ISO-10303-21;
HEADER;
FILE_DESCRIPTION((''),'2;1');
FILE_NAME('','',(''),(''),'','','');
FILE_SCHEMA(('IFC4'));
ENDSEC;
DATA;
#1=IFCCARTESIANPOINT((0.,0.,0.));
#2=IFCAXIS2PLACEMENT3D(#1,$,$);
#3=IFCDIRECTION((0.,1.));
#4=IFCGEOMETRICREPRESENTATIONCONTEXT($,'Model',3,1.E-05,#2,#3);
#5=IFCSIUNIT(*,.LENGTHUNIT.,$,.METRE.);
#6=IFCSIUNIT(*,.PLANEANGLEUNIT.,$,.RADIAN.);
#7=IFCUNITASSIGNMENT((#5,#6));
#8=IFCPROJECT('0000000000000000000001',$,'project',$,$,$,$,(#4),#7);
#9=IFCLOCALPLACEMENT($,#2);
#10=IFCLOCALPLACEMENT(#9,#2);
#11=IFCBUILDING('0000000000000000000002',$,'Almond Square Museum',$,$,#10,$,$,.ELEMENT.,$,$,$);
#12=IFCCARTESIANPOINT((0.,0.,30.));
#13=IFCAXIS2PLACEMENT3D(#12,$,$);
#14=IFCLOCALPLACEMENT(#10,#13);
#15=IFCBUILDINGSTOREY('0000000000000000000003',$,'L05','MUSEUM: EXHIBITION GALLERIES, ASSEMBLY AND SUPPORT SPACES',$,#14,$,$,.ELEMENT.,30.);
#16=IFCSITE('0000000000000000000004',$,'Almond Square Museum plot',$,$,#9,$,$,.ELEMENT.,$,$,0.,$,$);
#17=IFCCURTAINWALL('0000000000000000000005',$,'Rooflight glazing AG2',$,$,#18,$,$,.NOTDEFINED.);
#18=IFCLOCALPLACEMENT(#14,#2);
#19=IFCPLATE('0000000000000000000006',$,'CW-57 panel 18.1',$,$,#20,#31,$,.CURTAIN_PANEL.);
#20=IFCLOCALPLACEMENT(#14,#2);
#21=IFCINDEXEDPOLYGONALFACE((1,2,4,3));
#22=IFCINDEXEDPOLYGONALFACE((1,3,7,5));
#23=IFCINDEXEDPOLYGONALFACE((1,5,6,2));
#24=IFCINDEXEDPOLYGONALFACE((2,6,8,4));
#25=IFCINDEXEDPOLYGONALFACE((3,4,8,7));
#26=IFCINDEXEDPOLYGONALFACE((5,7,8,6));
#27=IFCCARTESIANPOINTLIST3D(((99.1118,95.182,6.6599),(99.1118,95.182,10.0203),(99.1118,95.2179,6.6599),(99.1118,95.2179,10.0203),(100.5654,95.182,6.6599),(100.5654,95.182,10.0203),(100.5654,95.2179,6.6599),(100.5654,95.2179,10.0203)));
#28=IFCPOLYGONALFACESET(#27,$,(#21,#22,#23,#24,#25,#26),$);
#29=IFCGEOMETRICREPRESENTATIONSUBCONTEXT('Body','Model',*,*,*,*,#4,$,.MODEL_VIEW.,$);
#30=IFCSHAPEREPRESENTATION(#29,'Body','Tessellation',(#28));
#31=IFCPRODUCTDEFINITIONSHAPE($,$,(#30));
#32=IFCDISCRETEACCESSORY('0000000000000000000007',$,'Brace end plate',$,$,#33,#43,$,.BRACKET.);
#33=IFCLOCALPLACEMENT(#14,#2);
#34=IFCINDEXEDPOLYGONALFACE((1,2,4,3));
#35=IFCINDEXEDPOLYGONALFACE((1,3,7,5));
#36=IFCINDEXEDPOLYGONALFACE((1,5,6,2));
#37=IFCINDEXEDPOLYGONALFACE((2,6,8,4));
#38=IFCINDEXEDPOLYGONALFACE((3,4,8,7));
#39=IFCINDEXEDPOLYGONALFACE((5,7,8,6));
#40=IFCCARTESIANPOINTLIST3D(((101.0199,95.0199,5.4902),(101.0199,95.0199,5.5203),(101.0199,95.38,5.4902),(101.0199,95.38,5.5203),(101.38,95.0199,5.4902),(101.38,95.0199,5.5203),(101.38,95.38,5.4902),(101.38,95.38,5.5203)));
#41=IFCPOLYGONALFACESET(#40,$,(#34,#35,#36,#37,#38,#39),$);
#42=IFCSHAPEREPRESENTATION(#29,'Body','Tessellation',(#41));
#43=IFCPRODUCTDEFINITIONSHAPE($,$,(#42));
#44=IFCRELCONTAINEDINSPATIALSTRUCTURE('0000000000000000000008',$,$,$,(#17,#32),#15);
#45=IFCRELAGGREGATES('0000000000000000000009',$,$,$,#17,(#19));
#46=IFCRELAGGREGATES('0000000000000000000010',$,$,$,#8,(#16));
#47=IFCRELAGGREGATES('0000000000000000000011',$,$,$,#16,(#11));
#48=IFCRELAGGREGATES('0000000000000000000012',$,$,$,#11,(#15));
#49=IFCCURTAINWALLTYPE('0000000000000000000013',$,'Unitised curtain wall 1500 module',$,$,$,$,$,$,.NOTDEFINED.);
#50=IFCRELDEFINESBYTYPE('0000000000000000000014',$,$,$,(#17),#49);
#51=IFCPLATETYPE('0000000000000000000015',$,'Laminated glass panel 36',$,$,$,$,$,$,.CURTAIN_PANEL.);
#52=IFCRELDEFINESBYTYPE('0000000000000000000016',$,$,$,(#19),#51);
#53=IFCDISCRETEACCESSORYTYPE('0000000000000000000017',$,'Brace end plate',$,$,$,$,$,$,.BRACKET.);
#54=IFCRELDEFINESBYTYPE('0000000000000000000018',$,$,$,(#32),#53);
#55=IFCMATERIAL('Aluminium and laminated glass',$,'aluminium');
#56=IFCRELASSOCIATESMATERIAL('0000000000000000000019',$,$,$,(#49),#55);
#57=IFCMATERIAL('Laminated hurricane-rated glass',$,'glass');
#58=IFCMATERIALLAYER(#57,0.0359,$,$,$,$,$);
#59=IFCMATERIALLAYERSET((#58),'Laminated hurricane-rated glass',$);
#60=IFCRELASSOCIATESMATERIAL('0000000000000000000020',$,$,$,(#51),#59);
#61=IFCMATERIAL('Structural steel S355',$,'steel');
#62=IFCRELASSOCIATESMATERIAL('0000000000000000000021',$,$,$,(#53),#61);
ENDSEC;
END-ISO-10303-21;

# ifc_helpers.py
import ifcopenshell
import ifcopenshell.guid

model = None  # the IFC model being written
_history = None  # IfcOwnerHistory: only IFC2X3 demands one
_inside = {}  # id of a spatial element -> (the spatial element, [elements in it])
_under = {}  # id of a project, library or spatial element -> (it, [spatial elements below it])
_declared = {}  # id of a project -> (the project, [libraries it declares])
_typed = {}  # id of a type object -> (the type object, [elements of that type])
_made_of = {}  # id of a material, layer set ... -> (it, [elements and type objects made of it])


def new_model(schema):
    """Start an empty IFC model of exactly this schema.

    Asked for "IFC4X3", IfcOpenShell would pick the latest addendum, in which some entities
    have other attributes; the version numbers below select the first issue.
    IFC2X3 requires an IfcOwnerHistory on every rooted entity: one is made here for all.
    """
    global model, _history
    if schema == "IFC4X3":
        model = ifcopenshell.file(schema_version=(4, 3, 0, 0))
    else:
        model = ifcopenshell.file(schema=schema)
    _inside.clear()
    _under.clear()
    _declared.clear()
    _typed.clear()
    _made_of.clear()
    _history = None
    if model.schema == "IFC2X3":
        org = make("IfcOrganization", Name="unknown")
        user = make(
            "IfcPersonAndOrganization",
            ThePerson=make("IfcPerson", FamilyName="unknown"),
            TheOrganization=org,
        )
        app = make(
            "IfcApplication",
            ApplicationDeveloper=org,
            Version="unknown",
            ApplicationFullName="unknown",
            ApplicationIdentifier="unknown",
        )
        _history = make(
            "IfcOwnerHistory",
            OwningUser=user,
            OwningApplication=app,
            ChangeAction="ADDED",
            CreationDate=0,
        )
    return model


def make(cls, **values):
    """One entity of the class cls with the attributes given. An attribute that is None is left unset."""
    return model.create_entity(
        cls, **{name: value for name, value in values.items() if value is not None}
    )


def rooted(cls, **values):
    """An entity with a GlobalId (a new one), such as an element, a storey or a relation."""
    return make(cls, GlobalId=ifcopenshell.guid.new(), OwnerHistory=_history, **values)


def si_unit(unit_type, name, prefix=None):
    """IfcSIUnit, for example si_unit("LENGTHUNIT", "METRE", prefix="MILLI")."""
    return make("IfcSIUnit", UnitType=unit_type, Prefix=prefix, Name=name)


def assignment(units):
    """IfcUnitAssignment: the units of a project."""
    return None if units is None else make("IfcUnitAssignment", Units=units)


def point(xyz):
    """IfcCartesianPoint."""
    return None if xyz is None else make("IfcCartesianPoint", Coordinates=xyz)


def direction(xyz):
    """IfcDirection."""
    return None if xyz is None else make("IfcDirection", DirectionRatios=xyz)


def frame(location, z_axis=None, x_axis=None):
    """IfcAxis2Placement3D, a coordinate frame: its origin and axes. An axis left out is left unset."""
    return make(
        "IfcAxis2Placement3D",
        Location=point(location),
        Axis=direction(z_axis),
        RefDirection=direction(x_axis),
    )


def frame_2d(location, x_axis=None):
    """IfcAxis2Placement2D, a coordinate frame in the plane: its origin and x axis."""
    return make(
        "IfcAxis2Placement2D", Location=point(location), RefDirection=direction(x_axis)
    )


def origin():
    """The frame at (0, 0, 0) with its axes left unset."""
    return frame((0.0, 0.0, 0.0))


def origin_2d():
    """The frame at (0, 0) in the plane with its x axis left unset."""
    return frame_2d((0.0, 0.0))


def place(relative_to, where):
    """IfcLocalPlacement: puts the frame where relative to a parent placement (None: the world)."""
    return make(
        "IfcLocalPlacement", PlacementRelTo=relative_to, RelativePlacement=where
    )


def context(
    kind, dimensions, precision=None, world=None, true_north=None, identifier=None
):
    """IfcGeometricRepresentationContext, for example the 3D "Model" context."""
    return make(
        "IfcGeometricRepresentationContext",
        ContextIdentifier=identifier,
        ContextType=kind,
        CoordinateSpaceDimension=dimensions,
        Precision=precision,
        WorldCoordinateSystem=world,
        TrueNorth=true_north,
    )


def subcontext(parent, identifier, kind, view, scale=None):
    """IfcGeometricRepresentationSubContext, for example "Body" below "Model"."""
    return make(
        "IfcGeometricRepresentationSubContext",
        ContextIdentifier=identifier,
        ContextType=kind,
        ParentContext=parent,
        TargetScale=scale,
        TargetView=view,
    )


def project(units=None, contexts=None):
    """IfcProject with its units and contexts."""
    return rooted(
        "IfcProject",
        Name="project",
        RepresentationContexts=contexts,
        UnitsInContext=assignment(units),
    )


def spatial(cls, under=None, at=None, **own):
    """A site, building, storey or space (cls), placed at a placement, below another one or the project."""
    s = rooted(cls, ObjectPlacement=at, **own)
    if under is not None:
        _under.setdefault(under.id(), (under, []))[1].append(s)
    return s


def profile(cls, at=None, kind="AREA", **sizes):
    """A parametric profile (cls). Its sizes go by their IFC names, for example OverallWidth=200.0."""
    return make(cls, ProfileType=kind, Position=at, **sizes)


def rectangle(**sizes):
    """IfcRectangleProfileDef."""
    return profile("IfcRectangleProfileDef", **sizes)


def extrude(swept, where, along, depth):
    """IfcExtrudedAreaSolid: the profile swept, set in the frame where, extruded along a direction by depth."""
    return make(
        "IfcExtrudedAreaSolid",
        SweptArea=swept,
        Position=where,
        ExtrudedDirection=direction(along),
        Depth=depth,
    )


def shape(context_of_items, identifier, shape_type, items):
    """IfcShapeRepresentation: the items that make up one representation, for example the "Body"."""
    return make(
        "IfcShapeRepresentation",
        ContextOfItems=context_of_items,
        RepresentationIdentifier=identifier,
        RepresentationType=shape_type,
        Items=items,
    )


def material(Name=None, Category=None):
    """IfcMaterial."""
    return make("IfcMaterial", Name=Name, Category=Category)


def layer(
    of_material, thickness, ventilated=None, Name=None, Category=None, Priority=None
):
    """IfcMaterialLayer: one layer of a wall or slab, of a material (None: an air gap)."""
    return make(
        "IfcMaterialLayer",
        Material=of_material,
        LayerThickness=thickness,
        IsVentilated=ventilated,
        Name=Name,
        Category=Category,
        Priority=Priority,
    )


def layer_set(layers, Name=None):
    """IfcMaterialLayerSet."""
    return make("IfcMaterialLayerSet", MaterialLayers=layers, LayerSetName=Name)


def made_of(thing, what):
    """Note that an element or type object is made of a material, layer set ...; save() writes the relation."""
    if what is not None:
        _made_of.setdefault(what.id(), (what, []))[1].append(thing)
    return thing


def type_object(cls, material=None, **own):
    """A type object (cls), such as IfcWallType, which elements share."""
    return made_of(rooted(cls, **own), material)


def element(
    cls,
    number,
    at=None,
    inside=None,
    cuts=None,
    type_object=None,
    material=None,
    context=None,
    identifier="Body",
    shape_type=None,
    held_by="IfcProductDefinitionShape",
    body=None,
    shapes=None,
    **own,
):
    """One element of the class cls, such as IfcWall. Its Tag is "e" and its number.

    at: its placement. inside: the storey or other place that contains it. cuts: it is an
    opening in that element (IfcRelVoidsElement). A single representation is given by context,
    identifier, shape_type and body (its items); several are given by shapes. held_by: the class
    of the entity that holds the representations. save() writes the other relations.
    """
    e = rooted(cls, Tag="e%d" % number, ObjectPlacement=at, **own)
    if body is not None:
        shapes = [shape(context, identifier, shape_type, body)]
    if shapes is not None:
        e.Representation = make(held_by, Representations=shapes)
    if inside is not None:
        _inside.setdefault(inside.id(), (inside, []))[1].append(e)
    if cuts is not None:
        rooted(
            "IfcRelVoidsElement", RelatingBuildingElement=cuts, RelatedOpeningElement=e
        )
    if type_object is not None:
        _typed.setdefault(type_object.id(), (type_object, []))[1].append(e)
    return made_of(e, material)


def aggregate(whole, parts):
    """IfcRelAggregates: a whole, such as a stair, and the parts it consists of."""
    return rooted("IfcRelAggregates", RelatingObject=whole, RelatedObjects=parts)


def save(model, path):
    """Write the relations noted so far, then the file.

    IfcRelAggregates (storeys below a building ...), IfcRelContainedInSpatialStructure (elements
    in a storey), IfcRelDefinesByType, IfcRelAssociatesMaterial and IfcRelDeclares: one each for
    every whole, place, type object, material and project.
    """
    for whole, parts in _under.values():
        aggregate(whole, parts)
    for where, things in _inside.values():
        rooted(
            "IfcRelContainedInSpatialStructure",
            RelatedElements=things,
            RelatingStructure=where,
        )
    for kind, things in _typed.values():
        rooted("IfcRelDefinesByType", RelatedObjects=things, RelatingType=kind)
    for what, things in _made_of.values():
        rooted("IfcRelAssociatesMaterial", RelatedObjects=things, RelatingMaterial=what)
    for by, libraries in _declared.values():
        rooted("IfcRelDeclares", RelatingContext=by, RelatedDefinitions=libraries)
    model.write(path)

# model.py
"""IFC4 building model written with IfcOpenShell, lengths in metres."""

from ifc_helpers import new_model, si_unit, direction, frame, origin, origin_2d, place, context, subcontext, project, spatial, rectangle, extrude, material, layer, layer_set, type_object, element, aggregate, save


model = new_model("IFC4")

# Units and contexts
model_context = context("Model", 3, precision=1e-05, world=origin(), true_north=direction((0.0, 1.0)))
body_context = subcontext(model_context, "Body", "Model", "MODEL_VIEW")
ifc_project = project(units=[si_unit("LENGTHUNIT", "METRE"), si_unit("PLANEANGLEUNIT", "RADIAN")], contexts=[model_context])

# Site, building, storey
site_placement = place(None, origin())
site = spatial("IfcSite", under=ifc_project, at=site_placement, Name="Almond Square Museum plot", CompositionType="ELEMENT", RefElevation=0.0)
building_placement = place(site_placement, origin())
building = spatial("IfcBuilding", under=site, at=building_placement, Name="Almond Square Museum", CompositionType="ELEMENT")
storey_placement = place(building_placement, frame((0.0, 0.0, 30.0)))
storey = spatial("IfcBuildingStorey", under=building, at=storey_placement, Name="L05", Description="MUSEUM: EXHIBITION GALLERIES, ASSEMBLY AND SUPPORT SPACES", CompositionType="ELEMENT", Elevation=30.0)

# Curtain wall
ifc_material_1 = material(Name="Aluminium and laminated glass", Category="aluminium")
curtain_wall_type = type_object("IfcCurtainWallType", Name="Unitised curtain wall 1500 module", PredefinedType="NOTDEFINED", material=ifc_material_1)
curtain_wall_placement = place(storey_placement, origin())
curtain_wall = element("IfcCurtainWall", 1, at=curtain_wall_placement, inside=storey, type_object=curtain_wall_type, Name="Rooflight glazing AG2", PredefinedType="NOTDEFINED")

# Plate
ifc_material_2 = material(Name="Laminated hurricane-rated glass", Category="glass")
ifc_layer = layer(ifc_material_2, 0.0359)
ifc_layer_set = layer_set([ifc_layer], Name="Laminated hurricane-rated glass")
plate_type = type_object("IfcPlateType", Name="Laminated glass panel 36", PredefinedType="CURTAIN_PANEL", material=ifc_layer_set)
plate_1_placement = place(storey_placement, frame((99.8386, 95.2, 6.6599), z_axis=(0.0, 0.0, 1.0), x_axis=(1.0, 0.0, 0.0)))
plate_1 = element("IfcPlate", 2, at=plate_1_placement, type_object=plate_type, Name="CW-57 panel 18.1", PredefinedType="CURTAIN_PANEL", context=body_context, shape_type="SweptSolid", body=[
    extrude(rectangle(XDim=1.4536, YDim=0.0359, at=origin_2d()), origin(), (0.0, 0.0, 1.0), 3.3604),
])
aggregate(curtain_wall, [plate_1])

# Discrete accessory
ifc_material_3 = material(Name="Structural steel S355", Category="steel")
discrete_accessory_type = type_object("IfcDiscreteAccessoryType", Name="Brace end plate", PredefinedType="BRACKET", material=ifc_material_3)
discrete_accessory_placement = place(storey_placement, frame((101.2, 95.2, 5.4902), z_axis=(0.0, 0.0, 1.0), x_axis=(1.0, 0.0, 0.0)))
element("IfcDiscreteAccessory", 3, at=discrete_accessory_placement, inside=storey, type_object=discrete_accessory_type, Name="Brace end plate", PredefinedType="BRACKET", context=body_context, shape_type="SweptSolid", body=[
    extrude(rectangle(XDim=0.3601, YDim=0.3601, at=origin_2d()), origin(), (0.0, 0.0, 1.0), 0.03),
])

save(model, "model.ifc")
